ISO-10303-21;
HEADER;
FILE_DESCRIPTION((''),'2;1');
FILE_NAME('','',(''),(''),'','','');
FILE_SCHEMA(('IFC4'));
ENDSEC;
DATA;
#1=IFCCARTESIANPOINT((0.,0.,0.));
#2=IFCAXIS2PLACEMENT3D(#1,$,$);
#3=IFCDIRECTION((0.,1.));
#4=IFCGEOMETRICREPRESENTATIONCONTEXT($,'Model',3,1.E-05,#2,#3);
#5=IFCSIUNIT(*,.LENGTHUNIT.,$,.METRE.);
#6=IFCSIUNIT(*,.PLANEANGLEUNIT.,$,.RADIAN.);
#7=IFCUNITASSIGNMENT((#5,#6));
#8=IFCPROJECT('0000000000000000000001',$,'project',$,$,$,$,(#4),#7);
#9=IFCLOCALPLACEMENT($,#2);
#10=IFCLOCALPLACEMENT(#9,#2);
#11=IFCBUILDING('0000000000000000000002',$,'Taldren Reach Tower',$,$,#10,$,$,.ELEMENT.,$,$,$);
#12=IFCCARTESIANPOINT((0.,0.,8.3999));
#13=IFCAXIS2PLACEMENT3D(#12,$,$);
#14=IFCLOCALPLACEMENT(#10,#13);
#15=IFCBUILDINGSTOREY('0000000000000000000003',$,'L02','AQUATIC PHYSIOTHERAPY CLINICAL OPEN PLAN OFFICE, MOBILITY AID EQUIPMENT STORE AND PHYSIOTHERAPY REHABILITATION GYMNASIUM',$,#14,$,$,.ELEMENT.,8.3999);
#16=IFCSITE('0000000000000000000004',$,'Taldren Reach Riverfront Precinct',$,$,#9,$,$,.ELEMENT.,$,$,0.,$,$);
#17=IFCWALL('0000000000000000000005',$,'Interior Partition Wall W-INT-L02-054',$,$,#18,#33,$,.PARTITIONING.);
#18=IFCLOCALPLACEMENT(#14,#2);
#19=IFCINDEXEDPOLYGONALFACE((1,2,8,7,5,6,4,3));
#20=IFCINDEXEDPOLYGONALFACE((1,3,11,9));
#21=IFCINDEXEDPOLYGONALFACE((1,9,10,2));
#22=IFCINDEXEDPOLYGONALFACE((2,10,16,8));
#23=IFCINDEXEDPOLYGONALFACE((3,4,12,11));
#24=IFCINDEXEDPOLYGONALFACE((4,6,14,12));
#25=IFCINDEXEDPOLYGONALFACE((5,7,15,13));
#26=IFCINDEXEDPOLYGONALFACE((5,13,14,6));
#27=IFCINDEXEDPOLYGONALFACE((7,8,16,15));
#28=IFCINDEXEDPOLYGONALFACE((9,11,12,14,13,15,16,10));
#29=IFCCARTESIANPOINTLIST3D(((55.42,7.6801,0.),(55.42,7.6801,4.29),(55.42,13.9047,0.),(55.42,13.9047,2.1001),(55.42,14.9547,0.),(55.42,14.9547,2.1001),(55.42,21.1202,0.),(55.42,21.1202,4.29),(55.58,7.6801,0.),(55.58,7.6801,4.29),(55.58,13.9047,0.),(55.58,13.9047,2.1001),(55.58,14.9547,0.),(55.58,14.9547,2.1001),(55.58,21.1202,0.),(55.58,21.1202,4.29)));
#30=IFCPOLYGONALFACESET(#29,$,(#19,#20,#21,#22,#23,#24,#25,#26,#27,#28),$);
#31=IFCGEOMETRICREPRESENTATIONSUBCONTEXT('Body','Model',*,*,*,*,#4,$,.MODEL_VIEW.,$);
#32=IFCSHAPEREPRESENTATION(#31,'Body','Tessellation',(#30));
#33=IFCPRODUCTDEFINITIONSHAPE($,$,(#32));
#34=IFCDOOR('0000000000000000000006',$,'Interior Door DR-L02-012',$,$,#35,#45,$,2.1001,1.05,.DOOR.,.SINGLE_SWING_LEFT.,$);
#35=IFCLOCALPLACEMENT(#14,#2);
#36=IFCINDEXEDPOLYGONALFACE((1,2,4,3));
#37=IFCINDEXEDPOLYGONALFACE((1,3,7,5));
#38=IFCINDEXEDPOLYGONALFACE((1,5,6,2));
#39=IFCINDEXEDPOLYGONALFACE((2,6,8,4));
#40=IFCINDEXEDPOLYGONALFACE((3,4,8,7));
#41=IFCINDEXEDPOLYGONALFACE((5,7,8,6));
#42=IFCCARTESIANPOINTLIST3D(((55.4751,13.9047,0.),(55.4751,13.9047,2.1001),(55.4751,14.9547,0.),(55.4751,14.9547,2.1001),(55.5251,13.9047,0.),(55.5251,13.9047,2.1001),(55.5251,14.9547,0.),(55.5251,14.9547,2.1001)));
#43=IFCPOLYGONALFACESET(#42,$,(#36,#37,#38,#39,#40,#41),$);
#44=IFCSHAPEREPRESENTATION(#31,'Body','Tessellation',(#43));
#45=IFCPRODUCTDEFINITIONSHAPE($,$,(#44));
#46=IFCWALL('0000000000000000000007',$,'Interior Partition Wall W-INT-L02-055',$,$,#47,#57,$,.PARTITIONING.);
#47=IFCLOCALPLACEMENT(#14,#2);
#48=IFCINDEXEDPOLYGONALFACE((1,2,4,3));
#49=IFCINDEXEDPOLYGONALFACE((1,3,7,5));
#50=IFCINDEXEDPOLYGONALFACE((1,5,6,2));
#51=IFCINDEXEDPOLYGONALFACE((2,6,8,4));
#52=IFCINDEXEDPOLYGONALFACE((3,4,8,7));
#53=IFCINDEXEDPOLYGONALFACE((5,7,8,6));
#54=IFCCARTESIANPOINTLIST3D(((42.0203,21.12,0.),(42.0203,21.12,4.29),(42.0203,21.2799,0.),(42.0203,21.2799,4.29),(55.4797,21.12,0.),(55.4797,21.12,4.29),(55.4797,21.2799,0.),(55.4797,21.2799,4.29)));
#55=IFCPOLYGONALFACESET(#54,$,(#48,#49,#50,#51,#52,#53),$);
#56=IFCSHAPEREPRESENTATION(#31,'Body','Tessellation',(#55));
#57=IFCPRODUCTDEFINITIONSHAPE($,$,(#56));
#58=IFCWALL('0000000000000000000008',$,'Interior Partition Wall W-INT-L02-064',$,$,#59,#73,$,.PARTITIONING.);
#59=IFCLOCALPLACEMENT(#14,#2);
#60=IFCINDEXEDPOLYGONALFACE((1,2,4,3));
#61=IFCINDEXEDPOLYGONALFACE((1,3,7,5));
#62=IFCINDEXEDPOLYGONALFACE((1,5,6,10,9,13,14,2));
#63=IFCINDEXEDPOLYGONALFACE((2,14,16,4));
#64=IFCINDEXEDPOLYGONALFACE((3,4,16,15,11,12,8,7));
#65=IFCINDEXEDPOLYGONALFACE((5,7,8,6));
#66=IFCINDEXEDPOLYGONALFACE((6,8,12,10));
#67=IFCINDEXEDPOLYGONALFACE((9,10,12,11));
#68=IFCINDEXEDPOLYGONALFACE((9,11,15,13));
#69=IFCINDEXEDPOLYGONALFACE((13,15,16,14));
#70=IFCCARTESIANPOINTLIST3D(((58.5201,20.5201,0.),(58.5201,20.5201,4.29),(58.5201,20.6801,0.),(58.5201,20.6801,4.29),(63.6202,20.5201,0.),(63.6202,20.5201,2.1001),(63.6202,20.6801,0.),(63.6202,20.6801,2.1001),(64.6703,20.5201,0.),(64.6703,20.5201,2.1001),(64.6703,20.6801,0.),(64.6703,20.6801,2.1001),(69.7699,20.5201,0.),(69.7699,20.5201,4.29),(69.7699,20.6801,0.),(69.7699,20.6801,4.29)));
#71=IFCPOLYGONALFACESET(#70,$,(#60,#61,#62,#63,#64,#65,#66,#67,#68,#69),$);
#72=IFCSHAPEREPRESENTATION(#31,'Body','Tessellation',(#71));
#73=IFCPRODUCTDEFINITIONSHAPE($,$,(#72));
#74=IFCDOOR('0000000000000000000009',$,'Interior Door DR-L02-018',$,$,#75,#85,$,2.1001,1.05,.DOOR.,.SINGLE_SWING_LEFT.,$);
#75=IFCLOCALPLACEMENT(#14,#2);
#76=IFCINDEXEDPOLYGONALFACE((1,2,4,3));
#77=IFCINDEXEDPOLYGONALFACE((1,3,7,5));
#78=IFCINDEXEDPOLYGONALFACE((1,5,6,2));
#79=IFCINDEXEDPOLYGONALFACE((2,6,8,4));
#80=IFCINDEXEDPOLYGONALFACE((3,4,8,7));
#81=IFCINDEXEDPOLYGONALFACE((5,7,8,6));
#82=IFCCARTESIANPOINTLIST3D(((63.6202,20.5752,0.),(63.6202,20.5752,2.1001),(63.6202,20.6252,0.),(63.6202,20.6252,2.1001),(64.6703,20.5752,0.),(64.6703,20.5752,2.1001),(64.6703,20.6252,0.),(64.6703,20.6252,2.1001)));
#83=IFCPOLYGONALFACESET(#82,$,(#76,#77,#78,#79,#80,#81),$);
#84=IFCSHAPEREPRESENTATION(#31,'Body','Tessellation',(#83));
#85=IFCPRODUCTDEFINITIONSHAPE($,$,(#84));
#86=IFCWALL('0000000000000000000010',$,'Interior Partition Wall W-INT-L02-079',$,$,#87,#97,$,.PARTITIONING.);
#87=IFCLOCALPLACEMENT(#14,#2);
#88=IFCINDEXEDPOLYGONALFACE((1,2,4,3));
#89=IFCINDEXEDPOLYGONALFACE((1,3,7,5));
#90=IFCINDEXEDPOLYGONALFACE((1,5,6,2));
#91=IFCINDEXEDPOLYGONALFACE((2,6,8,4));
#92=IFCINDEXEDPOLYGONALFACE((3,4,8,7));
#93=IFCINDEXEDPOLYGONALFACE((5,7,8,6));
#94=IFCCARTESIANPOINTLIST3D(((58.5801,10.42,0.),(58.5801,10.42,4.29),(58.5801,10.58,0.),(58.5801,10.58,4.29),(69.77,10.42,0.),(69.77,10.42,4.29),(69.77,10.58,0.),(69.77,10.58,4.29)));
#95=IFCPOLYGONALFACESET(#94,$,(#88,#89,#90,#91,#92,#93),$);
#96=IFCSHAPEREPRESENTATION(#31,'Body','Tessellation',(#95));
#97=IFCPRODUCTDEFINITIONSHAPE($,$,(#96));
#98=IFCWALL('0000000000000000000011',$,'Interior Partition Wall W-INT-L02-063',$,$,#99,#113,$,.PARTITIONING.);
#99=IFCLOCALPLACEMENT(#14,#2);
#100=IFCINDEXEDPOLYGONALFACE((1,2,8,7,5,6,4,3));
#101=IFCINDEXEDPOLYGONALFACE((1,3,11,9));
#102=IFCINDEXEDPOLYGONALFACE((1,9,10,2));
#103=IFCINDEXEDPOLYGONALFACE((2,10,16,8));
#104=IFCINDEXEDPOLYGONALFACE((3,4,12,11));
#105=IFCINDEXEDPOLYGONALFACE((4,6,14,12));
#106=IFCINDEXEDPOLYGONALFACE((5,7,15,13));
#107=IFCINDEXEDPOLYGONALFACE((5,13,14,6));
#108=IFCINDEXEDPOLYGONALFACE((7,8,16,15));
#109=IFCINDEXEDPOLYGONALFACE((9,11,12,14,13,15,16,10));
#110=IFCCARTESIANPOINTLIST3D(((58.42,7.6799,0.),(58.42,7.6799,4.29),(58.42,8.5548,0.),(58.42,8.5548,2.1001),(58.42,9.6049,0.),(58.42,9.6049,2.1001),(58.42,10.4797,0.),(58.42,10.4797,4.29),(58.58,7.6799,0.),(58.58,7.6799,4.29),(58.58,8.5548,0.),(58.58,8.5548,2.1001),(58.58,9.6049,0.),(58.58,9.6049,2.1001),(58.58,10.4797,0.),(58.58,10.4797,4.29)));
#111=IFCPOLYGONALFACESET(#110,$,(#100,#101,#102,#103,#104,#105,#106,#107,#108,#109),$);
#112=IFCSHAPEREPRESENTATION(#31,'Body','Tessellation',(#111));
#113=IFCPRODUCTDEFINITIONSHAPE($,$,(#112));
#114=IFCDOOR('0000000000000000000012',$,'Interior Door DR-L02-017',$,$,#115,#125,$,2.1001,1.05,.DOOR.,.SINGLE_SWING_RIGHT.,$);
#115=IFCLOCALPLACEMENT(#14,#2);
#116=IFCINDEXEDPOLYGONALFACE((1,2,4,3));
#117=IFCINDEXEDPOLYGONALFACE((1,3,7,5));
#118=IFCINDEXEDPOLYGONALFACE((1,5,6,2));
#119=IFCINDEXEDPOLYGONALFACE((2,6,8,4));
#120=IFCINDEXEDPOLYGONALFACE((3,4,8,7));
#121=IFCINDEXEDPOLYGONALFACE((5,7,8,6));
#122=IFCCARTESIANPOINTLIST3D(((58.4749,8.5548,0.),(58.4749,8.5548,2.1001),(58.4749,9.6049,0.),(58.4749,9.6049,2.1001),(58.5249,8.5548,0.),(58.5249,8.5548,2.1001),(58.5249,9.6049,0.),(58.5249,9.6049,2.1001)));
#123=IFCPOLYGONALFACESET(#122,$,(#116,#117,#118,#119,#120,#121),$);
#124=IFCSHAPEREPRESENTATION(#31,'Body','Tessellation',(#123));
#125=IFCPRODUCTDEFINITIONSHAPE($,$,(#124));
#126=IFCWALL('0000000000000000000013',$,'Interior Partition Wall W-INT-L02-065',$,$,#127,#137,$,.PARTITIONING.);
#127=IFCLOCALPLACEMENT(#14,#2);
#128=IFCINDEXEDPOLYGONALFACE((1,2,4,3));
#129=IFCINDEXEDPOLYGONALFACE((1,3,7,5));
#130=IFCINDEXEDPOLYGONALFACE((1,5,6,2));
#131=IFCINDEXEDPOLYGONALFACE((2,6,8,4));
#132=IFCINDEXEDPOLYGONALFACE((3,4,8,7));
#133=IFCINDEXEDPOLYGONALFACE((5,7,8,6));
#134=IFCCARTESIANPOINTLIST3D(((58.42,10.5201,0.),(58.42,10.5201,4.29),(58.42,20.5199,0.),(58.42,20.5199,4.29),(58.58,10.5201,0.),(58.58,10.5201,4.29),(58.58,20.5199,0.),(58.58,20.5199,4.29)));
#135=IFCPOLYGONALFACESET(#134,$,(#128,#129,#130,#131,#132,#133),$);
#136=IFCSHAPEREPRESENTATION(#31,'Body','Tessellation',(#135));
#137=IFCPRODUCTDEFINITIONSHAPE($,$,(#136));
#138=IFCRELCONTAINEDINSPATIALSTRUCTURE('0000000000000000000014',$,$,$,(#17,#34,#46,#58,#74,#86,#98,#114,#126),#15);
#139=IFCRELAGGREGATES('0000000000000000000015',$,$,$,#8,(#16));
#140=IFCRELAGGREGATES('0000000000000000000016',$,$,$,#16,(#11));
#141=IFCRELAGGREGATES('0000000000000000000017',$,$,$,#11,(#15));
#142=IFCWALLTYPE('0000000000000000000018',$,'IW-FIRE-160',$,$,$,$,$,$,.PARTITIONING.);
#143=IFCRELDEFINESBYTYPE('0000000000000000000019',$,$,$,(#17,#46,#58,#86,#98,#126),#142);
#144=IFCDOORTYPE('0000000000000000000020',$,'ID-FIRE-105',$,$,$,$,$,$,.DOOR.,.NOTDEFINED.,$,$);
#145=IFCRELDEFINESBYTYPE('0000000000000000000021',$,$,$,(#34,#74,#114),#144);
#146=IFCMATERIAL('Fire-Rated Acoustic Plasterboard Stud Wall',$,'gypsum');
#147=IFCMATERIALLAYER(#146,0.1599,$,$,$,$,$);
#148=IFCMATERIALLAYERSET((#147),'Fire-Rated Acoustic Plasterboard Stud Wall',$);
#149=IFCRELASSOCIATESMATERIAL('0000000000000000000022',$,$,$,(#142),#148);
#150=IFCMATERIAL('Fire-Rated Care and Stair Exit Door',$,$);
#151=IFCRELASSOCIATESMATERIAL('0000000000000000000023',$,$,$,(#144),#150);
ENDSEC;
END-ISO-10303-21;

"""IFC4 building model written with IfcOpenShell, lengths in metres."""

from ifc_helpers import new_model, si_unit, direction, frame, frame_2d, origin, place, context, subcontext, project, spatial, rectangle, extrude, source, transform, mapped, material, layer, layer_set, type_object, element, fill, save


model = new_model("IFC4")

# Units and contexts
model_context = context("Model", 3, precision=1e-05, world=origin(), true_north=direction((0.0, 1.0)))
body_context = subcontext(model_context, "Body", "Model", "MODEL_VIEW")
ifc_project = project(units=[si_unit("LENGTHUNIT", "METRE"), si_unit("PLANEANGLEUNIT", "RADIAN")], contexts=[model_context])

# Site, building, storey
site_placement = place(None, origin())
site = spatial("IfcSite", under=ifc_project, at=site_placement, Name="Taldren Reach Riverfront Precinct", CompositionType="ELEMENT", RefElevation=0.0)
building_placement = place(site_placement, origin())
building = spatial("IfcBuilding", under=site, at=building_placement, Name="Taldren Reach Tower", CompositionType="ELEMENT")
storey_placement = place(building_placement, frame((0.0, 0.0, 8.3999)))
storey = spatial("IfcBuildingStorey", under=building, at=storey_placement, Name="L02", Description="AQUATIC PHYSIOTHERAPY CLINICAL OPEN PLAN OFFICE, MOBILITY AID EQUIPMENT STORE AND PHYSIOTHERAPY REHABILITATION GYMNASIUM", CompositionType="ELEMENT", Elevation=8.3999)

# Wall, opening, door
ifc_material_1 = material(Name="Fire-Rated Acoustic Plasterboard Stud Wall", Category="gypsum")
ifc_layer = layer(ifc_material_1, 0.1599)
ifc_layer_set = layer_set([ifc_layer], Name="Fire-Rated Acoustic Plasterboard Stud Wall")
wall_type = type_object("IfcWallType", Name="IW-FIRE-160", PredefinedType="PARTITIONING", material=ifc_layer_set)
shared_shape_1 = source(origin(), body_context, "Body", "SweptSolid", [
    extrude(rectangle(XDim=13.4402, YDim=0.1599, at=frame_2d((6.7202, 0.0))), origin(), (0.0, 0.0, 1.0), 4.29),
])
wall_1_placement = place(storey_placement, frame((55.5, 7.6799, 0.0), z_axis=(0.0, 0.0, 1.0), x_axis=(0.0, 1.0, 0.0)))
wall_1 = element("IfcWall", 1, at=wall_1_placement, inside=storey, type_object=wall_type, Name="Interior Partition Wall W-INT-L02-054", PredefinedType="PARTITIONING", context=body_context, shape_type="MappedRepresentation", body=[
    mapped(shared_shape_1, transform((0.0, 0.0, 0.0), scale=1.0)),
])
shared_shape_2 = source(origin(), body_context, "Body", "SweptSolid", [
    extrude(rectangle(XDim=1.05, YDim=2.1001, at=frame_2d((0.5249, 1.05))), frame((0.0, 0.0898, 0.0), z_axis=(0.0, -1.0, 0.0), x_axis=(1.0, 0.0, 0.0)), (0.0, 0.0, 1.0), 0.1799),
])
opening_1_placement = place(wall_1_placement, frame((6.2249, 0.0, 0.0)))
opening_1 = element("IfcOpeningElement", 2, at=opening_1_placement, cuts=wall_1, PredefinedType="OPENING", context=body_context, shape_type="MappedRepresentation", body=[
    mapped(shared_shape_2, transform((0.0, 0.0, 0.0), scale=1.0)),
])
ifc_material_2 = material(Name="Fire-Rated Care and Stair Exit Door")
door_type = type_object("IfcDoorType", Name="ID-FIRE-105", OperationType="NOTDEFINED", PredefinedType="DOOR", material=ifc_material_2)
shared_shape_3 = source(origin(), body_context, "Body", "SweptSolid", [
    extrude(rectangle(XDim=1.05, YDim=2.1001, at=frame_2d((0.5249, 1.05))), frame((0.0, 0.0249, 0.0), z_axis=(0.0, -1.0, 0.0), x_axis=(1.0, 0.0, 0.0)), (0.0, 0.0, 1.0), 0.05),
])
door_1_placement = place(opening_1_placement, origin())
door_1 = element("IfcDoor", 3, at=door_1_placement, inside=storey, type_object=door_type, Name="Interior Door DR-L02-012", OperationType="SINGLE_SWING_LEFT", OverallHeight=2.1001, OverallWidth=1.05, PredefinedType="DOOR", context=body_context, shape_type="MappedRepresentation", body=[
    mapped(shared_shape_3, transform((0.0, 0.0, 0.0), scale=1.0)),
])
fill(opening_1, door_1)

# Wall
shared_shape_4 = source(origin(), body_context, "Body", "SweptSolid", [
    extrude(rectangle(XDim=13.4595, YDim=0.1599, at=frame_2d((6.7297, 0.0))), origin(), (0.0, 0.0, 1.0), 4.29),
])
wall_2_placement = place(storey_placement, frame((55.4797, 21.2, 0.0), z_axis=(0.0, 0.0, 1.0), x_axis=(-1.0, 0.0, 0.0)))
element("IfcWall", 4, at=wall_2_placement, inside=storey, type_object=wall_type, Name="Interior Partition Wall W-INT-L02-055", PredefinedType="PARTITIONING", context=body_context, shape_type="MappedRepresentation", body=[
    mapped(shared_shape_4, transform((0.0, 0.0, 0.0), scale=1.0)),
])

# Wall, opening, door
shared_shape_5 = source(origin(), body_context, "Body", "SweptSolid", [
    extrude(rectangle(XDim=11.2498, YDim=0.1599, at=frame_2d((5.625, 0.0))), origin(), (0.0, 0.0, 1.0), 4.29),
])
wall_3_placement = place(storey_placement, frame((69.77, 20.6001, 0.0), z_axis=(0.0, 0.0, 1.0), x_axis=(-1.0, 0.0, 0.0)))
wall_3 = element("IfcWall", 5, at=wall_3_placement, inside=storey, type_object=wall_type, Name="Interior Partition Wall W-INT-L02-064", PredefinedType="PARTITIONING", context=body_context, shape_type="MappedRepresentation", body=[
    mapped(shared_shape_5, transform((0.0, 0.0, 0.0), scale=1.0)),
])
opening_2_placement = place(wall_3_placement, frame((5.0999, 0.0, 0.0)))
opening_2 = element("IfcOpeningElement", 6, at=opening_2_placement, cuts=wall_3, PredefinedType="OPENING", context=body_context, shape_type="MappedRepresentation", body=[
    mapped(shared_shape_2, transform((0.0, 0.0, 0.0), scale=1.0)),
])
door_2_placement = place(opening_2_placement, origin())
door_2 = element("IfcDoor", 7, at=door_2_placement, inside=storey, type_object=door_type, Name="Interior Door DR-L02-018", OperationType="SINGLE_SWING_LEFT", OverallHeight=2.1001, OverallWidth=1.05, PredefinedType="DOOR", context=body_context, shape_type="MappedRepresentation", body=[
    mapped(shared_shape_3, transform((0.0, 0.0, 0.0), scale=1.0)),
])
fill(opening_2, door_2)

# Wall
shared_shape_6 = source(origin(), body_context, "Body", "SweptSolid", [
    extrude(rectangle(XDim=11.1899, YDim=0.1599, at=frame_2d((5.595, 0.0))), origin(), (0.0, 0.0, 1.0), 4.29),
])
wall_4_placement = place(storey_placement, frame((58.5801, 10.5, 0.0), z_axis=(0.0, 0.0, 1.0), x_axis=(1.0, 0.0, 0.0)))
element("IfcWall", 8, at=wall_4_placement, inside=storey, type_object=wall_type, Name="Interior Partition Wall W-INT-L02-079", PredefinedType="PARTITIONING", context=body_context, shape_type="MappedRepresentation", body=[
    mapped(shared_shape_6, transform((0.0, 0.0, 0.0), scale=1.0)),
])

# Wall, opening, door
shared_shape_7 = source(origin(), body_context, "Body", "SweptSolid", [
    extrude(rectangle(XDim=2.7998, YDim=0.1599, at=frame_2d((1.3999, 0.0))), origin(), (0.0, 0.0, 1.0), 4.29),
])
wall_5_placement = place(storey_placement, frame((58.5, 10.4797, 0.0), z_axis=(0.0, 0.0, 1.0), x_axis=(0.0, -1.0, 0.0)))
wall_5 = element("IfcWall", 9, at=wall_5_placement, inside=storey, type_object=wall_type, Name="Interior Partition Wall W-INT-L02-063", PredefinedType="PARTITIONING", context=body_context, shape_type="MappedRepresentation", body=[
    mapped(shared_shape_7, transform((0.0, 0.0, 0.0), scale=1.0)),
])
opening_3_placement = place(wall_5_placement, frame((0.875, 0.0, 0.0)))
opening_3 = element("IfcOpeningElement", 10, at=opening_3_placement, cuts=wall_5, PredefinedType="OPENING", context=body_context, shape_type="MappedRepresentation", body=[
    mapped(shared_shape_2, transform((0.0, 0.0, 0.0), scale=1.0)),
])
door_3_placement = place(opening_3_placement, origin())
door_3 = element("IfcDoor", 11, at=door_3_placement, inside=storey, type_object=door_type, Name="Interior Door DR-L02-017", OperationType="SINGLE_SWING_RIGHT", OverallHeight=2.1001, OverallWidth=1.05, PredefinedType="DOOR", context=body_context, shape_type="MappedRepresentation", body=[
    mapped(shared_shape_3, transform((0.0, 0.0, 0.0), scale=1.0)),
])
fill(opening_3, door_3)

# Wall
shared_shape_8 = source(origin(), body_context, "Body", "SweptSolid", [
    extrude(rectangle(XDim=9.9998, YDim=0.1599, at=frame_2d((5.0, 0.0))), origin(), (0.0, 0.0, 1.0), 4.29),
])
wall_6_placement = place(storey_placement, frame((58.5, 20.52, 0.0), z_axis=(0.0, 0.0, 1.0), x_axis=(0.0, -1.0, 0.0)))
element("IfcWall", 12, at=wall_6_placement, inside=storey, type_object=wall_type, Name="Interior Partition Wall W-INT-L02-065", PredefinedType="PARTITIONING", context=body_context, shape_type="MappedRepresentation", body=[
    mapped(shared_shape_8, transform((0.0, 0.0, 0.0), scale=1.0)),
])

save(model, "model.ifc")
